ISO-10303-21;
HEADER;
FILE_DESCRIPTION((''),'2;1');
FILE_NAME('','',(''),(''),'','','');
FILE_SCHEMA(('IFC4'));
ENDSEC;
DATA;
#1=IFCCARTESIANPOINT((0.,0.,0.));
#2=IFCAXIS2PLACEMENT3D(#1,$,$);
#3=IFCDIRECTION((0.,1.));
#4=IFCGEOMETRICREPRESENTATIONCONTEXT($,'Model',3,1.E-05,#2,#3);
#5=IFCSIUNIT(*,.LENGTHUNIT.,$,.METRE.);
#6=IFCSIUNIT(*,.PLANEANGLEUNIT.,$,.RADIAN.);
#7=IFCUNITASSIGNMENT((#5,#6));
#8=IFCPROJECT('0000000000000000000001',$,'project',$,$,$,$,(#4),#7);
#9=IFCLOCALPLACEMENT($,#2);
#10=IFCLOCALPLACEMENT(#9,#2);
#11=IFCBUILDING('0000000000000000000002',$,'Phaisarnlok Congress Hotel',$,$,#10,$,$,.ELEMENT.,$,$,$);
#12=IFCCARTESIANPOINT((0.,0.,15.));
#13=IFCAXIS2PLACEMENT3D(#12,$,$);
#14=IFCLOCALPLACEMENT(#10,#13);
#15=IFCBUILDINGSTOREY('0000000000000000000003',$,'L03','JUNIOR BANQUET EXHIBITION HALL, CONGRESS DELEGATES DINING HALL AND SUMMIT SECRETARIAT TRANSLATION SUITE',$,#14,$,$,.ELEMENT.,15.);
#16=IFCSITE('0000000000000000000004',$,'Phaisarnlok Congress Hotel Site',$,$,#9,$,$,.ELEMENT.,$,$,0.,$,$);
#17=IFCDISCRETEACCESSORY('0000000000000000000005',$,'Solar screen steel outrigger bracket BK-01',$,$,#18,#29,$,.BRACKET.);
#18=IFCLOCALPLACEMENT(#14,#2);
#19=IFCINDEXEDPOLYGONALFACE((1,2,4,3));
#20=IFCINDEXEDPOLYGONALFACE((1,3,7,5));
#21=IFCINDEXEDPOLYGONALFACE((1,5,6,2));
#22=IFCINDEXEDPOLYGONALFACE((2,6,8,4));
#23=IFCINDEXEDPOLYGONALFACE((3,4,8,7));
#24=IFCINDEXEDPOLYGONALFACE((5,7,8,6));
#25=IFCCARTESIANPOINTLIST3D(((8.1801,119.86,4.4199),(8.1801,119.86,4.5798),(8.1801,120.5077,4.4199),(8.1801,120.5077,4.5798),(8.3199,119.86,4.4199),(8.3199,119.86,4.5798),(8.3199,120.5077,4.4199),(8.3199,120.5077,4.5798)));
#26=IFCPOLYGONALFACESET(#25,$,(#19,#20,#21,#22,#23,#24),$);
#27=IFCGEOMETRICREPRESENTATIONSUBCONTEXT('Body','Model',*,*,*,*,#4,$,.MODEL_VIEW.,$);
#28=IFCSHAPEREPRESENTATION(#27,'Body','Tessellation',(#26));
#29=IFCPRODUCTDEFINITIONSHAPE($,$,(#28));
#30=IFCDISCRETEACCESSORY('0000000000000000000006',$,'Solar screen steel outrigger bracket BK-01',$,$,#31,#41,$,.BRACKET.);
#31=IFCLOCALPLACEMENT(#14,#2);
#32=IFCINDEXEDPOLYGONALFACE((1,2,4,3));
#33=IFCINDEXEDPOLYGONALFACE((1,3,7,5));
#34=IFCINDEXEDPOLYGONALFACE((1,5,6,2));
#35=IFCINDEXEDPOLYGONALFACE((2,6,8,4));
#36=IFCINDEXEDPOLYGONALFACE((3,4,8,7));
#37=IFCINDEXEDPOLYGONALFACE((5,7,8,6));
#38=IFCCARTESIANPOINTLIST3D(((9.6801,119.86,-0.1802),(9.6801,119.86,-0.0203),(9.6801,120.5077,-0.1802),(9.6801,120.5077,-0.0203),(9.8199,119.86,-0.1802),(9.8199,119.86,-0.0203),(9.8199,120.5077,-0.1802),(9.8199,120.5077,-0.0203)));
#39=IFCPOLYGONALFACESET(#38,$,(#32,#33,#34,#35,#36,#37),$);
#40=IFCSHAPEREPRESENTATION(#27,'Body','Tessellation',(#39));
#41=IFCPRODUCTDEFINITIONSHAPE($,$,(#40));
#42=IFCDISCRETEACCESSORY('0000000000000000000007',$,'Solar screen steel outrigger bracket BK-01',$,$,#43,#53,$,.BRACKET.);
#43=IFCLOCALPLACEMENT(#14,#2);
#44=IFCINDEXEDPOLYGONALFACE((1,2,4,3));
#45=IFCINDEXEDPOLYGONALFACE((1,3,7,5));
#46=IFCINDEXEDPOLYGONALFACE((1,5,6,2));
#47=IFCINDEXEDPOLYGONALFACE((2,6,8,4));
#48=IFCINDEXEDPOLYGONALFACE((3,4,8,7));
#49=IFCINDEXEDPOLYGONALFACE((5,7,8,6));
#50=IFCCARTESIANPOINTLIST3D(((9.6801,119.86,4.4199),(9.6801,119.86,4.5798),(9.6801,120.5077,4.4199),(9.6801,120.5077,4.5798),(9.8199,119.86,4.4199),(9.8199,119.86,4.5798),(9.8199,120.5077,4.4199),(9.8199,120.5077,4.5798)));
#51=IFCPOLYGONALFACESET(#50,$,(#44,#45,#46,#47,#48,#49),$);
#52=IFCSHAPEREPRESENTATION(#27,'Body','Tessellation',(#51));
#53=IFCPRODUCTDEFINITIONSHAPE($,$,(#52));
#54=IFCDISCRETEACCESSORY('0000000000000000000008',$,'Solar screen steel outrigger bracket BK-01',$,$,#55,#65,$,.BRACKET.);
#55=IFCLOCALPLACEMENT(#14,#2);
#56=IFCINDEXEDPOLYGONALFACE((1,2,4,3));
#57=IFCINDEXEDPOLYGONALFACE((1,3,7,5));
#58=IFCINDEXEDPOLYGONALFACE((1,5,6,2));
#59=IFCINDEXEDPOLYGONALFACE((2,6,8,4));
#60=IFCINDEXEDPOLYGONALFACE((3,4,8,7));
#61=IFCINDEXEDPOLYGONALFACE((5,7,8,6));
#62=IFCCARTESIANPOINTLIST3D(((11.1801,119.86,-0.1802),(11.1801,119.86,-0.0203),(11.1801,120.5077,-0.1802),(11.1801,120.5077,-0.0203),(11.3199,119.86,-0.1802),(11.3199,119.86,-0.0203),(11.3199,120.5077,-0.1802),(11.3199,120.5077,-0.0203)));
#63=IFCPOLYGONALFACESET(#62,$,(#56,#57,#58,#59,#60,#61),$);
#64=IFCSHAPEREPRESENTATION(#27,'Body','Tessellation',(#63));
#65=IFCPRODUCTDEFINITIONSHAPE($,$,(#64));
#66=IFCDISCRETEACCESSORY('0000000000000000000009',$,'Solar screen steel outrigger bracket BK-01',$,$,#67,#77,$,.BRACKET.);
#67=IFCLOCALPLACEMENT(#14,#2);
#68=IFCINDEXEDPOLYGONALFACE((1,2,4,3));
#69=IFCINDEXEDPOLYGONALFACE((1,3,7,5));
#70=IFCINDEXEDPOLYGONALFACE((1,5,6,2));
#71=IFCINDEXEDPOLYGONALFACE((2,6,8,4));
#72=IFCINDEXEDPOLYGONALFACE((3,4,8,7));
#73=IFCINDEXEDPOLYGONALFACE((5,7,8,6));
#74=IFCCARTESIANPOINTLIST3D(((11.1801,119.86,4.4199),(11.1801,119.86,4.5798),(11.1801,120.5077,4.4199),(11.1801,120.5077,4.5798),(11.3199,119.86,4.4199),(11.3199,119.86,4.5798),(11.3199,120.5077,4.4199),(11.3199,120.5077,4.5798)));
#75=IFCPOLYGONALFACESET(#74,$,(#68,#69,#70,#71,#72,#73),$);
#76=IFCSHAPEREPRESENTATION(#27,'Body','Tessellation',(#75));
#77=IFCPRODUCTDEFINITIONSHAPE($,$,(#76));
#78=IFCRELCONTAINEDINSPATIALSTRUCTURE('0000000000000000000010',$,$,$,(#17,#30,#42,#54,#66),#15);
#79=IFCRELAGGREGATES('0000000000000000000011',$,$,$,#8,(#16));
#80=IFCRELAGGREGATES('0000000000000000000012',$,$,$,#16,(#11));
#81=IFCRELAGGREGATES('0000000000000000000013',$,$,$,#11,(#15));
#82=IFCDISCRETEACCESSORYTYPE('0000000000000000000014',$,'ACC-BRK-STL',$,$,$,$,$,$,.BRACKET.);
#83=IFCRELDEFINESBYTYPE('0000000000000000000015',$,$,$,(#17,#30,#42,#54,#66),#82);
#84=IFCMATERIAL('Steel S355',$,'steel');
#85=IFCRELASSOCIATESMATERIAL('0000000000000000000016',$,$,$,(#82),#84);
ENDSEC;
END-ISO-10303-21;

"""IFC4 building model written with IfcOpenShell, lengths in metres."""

from ifc_helpers import new_model, si_unit, direction, frame, origin, origin_2d, place, context, subcontext, project, spatial, rectangle, extrude, material, type_object, element, save


model = new_model("IFC4")

# Units and contexts
model_context = context("Model", 3, precision=1e-05, world=origin(), true_north=direction((0.0, 1.0)))
body_context = subcontext(model_context, "Body", "Model", "MODEL_VIEW")
ifc_project = project(units=[si_unit("LENGTHUNIT", "METRE"), si_unit("PLANEANGLEUNIT", "RADIAN")], contexts=[model_context])

# Site, building, storey
site_placement = place(None, origin())
site = spatial("IfcSite", under=ifc_project, at=site_placement, Name="Phaisarnlok Congress Hotel Site", CompositionType="ELEMENT", RefElevation=0.0)
building_placement = place(site_placement, origin())
building = spatial("IfcBuilding", under=site, at=building_placement, Name="Phaisarnlok Congress Hotel", CompositionType="ELEMENT")
storey_placement = place(building_placement, frame((0.0, 0.0, 15.0)))
storey = spatial("IfcBuildingStorey", under=building, at=storey_placement, Name="L03", Description="JUNIOR BANQUET EXHIBITION HALL, CONGRESS DELEGATES DINING HALL AND SUMMIT SECRETARIAT TRANSLATION SUITE", CompositionType="ELEMENT", Elevation=15.0)

# Shared definitions
ifc_material_1 = material(Name="Steel S355", Category="steel")

# Discrete accessories
discrete_accessory_type = type_object("IfcDiscreteAccessoryType", Name="ACC-BRK-STL", PredefinedType="BRACKET", material=ifc_material_1)
for number, where, z_axis, x_axis, name in (
    (1, (8.25, 120.1838, 4.4199), (0.0, 0.0, 1.0), (1.0, 0.0, 0.0), "Solar screen steel outrigger bracket BK-01"),
    (2, (9.75, 120.1838, -0.1802), (0.0, 0.0, 1.0), (1.0, 0.0, 0.0), "Solar screen steel outrigger bracket BK-01"),
    (3, (9.75, 120.1838, 4.4199), (0.0, 0.0, 1.0), (1.0, 0.0, 0.0), "Solar screen steel outrigger bracket BK-01"),
    (4, (11.25, 120.1838, -0.1802), (0.0, 0.0, 1.0), (1.0, 0.0, 0.0), "Solar screen steel outrigger bracket BK-01"),
    (5, (11.25, 120.1838, 4.4199), (0.0, 0.0, 1.0), (1.0, 0.0, 0.0), "Solar screen steel outrigger bracket BK-01"),
):
    element("IfcDiscreteAccessory", number, at=place(storey_placement, frame(where, z_axis=z_axis, x_axis=x_axis)), inside=storey, type_object=discrete_accessory_type, Name=name, PredefinedType="BRACKET", context=body_context, shape_type="SweptSolid", body=[
        extrude(rectangle(XDim=0.1399, YDim=0.6477, at=origin_2d()), origin(), (0.0, 0.0, 1.0), 0.1599),
    ])

save(model, "model.ifc")
